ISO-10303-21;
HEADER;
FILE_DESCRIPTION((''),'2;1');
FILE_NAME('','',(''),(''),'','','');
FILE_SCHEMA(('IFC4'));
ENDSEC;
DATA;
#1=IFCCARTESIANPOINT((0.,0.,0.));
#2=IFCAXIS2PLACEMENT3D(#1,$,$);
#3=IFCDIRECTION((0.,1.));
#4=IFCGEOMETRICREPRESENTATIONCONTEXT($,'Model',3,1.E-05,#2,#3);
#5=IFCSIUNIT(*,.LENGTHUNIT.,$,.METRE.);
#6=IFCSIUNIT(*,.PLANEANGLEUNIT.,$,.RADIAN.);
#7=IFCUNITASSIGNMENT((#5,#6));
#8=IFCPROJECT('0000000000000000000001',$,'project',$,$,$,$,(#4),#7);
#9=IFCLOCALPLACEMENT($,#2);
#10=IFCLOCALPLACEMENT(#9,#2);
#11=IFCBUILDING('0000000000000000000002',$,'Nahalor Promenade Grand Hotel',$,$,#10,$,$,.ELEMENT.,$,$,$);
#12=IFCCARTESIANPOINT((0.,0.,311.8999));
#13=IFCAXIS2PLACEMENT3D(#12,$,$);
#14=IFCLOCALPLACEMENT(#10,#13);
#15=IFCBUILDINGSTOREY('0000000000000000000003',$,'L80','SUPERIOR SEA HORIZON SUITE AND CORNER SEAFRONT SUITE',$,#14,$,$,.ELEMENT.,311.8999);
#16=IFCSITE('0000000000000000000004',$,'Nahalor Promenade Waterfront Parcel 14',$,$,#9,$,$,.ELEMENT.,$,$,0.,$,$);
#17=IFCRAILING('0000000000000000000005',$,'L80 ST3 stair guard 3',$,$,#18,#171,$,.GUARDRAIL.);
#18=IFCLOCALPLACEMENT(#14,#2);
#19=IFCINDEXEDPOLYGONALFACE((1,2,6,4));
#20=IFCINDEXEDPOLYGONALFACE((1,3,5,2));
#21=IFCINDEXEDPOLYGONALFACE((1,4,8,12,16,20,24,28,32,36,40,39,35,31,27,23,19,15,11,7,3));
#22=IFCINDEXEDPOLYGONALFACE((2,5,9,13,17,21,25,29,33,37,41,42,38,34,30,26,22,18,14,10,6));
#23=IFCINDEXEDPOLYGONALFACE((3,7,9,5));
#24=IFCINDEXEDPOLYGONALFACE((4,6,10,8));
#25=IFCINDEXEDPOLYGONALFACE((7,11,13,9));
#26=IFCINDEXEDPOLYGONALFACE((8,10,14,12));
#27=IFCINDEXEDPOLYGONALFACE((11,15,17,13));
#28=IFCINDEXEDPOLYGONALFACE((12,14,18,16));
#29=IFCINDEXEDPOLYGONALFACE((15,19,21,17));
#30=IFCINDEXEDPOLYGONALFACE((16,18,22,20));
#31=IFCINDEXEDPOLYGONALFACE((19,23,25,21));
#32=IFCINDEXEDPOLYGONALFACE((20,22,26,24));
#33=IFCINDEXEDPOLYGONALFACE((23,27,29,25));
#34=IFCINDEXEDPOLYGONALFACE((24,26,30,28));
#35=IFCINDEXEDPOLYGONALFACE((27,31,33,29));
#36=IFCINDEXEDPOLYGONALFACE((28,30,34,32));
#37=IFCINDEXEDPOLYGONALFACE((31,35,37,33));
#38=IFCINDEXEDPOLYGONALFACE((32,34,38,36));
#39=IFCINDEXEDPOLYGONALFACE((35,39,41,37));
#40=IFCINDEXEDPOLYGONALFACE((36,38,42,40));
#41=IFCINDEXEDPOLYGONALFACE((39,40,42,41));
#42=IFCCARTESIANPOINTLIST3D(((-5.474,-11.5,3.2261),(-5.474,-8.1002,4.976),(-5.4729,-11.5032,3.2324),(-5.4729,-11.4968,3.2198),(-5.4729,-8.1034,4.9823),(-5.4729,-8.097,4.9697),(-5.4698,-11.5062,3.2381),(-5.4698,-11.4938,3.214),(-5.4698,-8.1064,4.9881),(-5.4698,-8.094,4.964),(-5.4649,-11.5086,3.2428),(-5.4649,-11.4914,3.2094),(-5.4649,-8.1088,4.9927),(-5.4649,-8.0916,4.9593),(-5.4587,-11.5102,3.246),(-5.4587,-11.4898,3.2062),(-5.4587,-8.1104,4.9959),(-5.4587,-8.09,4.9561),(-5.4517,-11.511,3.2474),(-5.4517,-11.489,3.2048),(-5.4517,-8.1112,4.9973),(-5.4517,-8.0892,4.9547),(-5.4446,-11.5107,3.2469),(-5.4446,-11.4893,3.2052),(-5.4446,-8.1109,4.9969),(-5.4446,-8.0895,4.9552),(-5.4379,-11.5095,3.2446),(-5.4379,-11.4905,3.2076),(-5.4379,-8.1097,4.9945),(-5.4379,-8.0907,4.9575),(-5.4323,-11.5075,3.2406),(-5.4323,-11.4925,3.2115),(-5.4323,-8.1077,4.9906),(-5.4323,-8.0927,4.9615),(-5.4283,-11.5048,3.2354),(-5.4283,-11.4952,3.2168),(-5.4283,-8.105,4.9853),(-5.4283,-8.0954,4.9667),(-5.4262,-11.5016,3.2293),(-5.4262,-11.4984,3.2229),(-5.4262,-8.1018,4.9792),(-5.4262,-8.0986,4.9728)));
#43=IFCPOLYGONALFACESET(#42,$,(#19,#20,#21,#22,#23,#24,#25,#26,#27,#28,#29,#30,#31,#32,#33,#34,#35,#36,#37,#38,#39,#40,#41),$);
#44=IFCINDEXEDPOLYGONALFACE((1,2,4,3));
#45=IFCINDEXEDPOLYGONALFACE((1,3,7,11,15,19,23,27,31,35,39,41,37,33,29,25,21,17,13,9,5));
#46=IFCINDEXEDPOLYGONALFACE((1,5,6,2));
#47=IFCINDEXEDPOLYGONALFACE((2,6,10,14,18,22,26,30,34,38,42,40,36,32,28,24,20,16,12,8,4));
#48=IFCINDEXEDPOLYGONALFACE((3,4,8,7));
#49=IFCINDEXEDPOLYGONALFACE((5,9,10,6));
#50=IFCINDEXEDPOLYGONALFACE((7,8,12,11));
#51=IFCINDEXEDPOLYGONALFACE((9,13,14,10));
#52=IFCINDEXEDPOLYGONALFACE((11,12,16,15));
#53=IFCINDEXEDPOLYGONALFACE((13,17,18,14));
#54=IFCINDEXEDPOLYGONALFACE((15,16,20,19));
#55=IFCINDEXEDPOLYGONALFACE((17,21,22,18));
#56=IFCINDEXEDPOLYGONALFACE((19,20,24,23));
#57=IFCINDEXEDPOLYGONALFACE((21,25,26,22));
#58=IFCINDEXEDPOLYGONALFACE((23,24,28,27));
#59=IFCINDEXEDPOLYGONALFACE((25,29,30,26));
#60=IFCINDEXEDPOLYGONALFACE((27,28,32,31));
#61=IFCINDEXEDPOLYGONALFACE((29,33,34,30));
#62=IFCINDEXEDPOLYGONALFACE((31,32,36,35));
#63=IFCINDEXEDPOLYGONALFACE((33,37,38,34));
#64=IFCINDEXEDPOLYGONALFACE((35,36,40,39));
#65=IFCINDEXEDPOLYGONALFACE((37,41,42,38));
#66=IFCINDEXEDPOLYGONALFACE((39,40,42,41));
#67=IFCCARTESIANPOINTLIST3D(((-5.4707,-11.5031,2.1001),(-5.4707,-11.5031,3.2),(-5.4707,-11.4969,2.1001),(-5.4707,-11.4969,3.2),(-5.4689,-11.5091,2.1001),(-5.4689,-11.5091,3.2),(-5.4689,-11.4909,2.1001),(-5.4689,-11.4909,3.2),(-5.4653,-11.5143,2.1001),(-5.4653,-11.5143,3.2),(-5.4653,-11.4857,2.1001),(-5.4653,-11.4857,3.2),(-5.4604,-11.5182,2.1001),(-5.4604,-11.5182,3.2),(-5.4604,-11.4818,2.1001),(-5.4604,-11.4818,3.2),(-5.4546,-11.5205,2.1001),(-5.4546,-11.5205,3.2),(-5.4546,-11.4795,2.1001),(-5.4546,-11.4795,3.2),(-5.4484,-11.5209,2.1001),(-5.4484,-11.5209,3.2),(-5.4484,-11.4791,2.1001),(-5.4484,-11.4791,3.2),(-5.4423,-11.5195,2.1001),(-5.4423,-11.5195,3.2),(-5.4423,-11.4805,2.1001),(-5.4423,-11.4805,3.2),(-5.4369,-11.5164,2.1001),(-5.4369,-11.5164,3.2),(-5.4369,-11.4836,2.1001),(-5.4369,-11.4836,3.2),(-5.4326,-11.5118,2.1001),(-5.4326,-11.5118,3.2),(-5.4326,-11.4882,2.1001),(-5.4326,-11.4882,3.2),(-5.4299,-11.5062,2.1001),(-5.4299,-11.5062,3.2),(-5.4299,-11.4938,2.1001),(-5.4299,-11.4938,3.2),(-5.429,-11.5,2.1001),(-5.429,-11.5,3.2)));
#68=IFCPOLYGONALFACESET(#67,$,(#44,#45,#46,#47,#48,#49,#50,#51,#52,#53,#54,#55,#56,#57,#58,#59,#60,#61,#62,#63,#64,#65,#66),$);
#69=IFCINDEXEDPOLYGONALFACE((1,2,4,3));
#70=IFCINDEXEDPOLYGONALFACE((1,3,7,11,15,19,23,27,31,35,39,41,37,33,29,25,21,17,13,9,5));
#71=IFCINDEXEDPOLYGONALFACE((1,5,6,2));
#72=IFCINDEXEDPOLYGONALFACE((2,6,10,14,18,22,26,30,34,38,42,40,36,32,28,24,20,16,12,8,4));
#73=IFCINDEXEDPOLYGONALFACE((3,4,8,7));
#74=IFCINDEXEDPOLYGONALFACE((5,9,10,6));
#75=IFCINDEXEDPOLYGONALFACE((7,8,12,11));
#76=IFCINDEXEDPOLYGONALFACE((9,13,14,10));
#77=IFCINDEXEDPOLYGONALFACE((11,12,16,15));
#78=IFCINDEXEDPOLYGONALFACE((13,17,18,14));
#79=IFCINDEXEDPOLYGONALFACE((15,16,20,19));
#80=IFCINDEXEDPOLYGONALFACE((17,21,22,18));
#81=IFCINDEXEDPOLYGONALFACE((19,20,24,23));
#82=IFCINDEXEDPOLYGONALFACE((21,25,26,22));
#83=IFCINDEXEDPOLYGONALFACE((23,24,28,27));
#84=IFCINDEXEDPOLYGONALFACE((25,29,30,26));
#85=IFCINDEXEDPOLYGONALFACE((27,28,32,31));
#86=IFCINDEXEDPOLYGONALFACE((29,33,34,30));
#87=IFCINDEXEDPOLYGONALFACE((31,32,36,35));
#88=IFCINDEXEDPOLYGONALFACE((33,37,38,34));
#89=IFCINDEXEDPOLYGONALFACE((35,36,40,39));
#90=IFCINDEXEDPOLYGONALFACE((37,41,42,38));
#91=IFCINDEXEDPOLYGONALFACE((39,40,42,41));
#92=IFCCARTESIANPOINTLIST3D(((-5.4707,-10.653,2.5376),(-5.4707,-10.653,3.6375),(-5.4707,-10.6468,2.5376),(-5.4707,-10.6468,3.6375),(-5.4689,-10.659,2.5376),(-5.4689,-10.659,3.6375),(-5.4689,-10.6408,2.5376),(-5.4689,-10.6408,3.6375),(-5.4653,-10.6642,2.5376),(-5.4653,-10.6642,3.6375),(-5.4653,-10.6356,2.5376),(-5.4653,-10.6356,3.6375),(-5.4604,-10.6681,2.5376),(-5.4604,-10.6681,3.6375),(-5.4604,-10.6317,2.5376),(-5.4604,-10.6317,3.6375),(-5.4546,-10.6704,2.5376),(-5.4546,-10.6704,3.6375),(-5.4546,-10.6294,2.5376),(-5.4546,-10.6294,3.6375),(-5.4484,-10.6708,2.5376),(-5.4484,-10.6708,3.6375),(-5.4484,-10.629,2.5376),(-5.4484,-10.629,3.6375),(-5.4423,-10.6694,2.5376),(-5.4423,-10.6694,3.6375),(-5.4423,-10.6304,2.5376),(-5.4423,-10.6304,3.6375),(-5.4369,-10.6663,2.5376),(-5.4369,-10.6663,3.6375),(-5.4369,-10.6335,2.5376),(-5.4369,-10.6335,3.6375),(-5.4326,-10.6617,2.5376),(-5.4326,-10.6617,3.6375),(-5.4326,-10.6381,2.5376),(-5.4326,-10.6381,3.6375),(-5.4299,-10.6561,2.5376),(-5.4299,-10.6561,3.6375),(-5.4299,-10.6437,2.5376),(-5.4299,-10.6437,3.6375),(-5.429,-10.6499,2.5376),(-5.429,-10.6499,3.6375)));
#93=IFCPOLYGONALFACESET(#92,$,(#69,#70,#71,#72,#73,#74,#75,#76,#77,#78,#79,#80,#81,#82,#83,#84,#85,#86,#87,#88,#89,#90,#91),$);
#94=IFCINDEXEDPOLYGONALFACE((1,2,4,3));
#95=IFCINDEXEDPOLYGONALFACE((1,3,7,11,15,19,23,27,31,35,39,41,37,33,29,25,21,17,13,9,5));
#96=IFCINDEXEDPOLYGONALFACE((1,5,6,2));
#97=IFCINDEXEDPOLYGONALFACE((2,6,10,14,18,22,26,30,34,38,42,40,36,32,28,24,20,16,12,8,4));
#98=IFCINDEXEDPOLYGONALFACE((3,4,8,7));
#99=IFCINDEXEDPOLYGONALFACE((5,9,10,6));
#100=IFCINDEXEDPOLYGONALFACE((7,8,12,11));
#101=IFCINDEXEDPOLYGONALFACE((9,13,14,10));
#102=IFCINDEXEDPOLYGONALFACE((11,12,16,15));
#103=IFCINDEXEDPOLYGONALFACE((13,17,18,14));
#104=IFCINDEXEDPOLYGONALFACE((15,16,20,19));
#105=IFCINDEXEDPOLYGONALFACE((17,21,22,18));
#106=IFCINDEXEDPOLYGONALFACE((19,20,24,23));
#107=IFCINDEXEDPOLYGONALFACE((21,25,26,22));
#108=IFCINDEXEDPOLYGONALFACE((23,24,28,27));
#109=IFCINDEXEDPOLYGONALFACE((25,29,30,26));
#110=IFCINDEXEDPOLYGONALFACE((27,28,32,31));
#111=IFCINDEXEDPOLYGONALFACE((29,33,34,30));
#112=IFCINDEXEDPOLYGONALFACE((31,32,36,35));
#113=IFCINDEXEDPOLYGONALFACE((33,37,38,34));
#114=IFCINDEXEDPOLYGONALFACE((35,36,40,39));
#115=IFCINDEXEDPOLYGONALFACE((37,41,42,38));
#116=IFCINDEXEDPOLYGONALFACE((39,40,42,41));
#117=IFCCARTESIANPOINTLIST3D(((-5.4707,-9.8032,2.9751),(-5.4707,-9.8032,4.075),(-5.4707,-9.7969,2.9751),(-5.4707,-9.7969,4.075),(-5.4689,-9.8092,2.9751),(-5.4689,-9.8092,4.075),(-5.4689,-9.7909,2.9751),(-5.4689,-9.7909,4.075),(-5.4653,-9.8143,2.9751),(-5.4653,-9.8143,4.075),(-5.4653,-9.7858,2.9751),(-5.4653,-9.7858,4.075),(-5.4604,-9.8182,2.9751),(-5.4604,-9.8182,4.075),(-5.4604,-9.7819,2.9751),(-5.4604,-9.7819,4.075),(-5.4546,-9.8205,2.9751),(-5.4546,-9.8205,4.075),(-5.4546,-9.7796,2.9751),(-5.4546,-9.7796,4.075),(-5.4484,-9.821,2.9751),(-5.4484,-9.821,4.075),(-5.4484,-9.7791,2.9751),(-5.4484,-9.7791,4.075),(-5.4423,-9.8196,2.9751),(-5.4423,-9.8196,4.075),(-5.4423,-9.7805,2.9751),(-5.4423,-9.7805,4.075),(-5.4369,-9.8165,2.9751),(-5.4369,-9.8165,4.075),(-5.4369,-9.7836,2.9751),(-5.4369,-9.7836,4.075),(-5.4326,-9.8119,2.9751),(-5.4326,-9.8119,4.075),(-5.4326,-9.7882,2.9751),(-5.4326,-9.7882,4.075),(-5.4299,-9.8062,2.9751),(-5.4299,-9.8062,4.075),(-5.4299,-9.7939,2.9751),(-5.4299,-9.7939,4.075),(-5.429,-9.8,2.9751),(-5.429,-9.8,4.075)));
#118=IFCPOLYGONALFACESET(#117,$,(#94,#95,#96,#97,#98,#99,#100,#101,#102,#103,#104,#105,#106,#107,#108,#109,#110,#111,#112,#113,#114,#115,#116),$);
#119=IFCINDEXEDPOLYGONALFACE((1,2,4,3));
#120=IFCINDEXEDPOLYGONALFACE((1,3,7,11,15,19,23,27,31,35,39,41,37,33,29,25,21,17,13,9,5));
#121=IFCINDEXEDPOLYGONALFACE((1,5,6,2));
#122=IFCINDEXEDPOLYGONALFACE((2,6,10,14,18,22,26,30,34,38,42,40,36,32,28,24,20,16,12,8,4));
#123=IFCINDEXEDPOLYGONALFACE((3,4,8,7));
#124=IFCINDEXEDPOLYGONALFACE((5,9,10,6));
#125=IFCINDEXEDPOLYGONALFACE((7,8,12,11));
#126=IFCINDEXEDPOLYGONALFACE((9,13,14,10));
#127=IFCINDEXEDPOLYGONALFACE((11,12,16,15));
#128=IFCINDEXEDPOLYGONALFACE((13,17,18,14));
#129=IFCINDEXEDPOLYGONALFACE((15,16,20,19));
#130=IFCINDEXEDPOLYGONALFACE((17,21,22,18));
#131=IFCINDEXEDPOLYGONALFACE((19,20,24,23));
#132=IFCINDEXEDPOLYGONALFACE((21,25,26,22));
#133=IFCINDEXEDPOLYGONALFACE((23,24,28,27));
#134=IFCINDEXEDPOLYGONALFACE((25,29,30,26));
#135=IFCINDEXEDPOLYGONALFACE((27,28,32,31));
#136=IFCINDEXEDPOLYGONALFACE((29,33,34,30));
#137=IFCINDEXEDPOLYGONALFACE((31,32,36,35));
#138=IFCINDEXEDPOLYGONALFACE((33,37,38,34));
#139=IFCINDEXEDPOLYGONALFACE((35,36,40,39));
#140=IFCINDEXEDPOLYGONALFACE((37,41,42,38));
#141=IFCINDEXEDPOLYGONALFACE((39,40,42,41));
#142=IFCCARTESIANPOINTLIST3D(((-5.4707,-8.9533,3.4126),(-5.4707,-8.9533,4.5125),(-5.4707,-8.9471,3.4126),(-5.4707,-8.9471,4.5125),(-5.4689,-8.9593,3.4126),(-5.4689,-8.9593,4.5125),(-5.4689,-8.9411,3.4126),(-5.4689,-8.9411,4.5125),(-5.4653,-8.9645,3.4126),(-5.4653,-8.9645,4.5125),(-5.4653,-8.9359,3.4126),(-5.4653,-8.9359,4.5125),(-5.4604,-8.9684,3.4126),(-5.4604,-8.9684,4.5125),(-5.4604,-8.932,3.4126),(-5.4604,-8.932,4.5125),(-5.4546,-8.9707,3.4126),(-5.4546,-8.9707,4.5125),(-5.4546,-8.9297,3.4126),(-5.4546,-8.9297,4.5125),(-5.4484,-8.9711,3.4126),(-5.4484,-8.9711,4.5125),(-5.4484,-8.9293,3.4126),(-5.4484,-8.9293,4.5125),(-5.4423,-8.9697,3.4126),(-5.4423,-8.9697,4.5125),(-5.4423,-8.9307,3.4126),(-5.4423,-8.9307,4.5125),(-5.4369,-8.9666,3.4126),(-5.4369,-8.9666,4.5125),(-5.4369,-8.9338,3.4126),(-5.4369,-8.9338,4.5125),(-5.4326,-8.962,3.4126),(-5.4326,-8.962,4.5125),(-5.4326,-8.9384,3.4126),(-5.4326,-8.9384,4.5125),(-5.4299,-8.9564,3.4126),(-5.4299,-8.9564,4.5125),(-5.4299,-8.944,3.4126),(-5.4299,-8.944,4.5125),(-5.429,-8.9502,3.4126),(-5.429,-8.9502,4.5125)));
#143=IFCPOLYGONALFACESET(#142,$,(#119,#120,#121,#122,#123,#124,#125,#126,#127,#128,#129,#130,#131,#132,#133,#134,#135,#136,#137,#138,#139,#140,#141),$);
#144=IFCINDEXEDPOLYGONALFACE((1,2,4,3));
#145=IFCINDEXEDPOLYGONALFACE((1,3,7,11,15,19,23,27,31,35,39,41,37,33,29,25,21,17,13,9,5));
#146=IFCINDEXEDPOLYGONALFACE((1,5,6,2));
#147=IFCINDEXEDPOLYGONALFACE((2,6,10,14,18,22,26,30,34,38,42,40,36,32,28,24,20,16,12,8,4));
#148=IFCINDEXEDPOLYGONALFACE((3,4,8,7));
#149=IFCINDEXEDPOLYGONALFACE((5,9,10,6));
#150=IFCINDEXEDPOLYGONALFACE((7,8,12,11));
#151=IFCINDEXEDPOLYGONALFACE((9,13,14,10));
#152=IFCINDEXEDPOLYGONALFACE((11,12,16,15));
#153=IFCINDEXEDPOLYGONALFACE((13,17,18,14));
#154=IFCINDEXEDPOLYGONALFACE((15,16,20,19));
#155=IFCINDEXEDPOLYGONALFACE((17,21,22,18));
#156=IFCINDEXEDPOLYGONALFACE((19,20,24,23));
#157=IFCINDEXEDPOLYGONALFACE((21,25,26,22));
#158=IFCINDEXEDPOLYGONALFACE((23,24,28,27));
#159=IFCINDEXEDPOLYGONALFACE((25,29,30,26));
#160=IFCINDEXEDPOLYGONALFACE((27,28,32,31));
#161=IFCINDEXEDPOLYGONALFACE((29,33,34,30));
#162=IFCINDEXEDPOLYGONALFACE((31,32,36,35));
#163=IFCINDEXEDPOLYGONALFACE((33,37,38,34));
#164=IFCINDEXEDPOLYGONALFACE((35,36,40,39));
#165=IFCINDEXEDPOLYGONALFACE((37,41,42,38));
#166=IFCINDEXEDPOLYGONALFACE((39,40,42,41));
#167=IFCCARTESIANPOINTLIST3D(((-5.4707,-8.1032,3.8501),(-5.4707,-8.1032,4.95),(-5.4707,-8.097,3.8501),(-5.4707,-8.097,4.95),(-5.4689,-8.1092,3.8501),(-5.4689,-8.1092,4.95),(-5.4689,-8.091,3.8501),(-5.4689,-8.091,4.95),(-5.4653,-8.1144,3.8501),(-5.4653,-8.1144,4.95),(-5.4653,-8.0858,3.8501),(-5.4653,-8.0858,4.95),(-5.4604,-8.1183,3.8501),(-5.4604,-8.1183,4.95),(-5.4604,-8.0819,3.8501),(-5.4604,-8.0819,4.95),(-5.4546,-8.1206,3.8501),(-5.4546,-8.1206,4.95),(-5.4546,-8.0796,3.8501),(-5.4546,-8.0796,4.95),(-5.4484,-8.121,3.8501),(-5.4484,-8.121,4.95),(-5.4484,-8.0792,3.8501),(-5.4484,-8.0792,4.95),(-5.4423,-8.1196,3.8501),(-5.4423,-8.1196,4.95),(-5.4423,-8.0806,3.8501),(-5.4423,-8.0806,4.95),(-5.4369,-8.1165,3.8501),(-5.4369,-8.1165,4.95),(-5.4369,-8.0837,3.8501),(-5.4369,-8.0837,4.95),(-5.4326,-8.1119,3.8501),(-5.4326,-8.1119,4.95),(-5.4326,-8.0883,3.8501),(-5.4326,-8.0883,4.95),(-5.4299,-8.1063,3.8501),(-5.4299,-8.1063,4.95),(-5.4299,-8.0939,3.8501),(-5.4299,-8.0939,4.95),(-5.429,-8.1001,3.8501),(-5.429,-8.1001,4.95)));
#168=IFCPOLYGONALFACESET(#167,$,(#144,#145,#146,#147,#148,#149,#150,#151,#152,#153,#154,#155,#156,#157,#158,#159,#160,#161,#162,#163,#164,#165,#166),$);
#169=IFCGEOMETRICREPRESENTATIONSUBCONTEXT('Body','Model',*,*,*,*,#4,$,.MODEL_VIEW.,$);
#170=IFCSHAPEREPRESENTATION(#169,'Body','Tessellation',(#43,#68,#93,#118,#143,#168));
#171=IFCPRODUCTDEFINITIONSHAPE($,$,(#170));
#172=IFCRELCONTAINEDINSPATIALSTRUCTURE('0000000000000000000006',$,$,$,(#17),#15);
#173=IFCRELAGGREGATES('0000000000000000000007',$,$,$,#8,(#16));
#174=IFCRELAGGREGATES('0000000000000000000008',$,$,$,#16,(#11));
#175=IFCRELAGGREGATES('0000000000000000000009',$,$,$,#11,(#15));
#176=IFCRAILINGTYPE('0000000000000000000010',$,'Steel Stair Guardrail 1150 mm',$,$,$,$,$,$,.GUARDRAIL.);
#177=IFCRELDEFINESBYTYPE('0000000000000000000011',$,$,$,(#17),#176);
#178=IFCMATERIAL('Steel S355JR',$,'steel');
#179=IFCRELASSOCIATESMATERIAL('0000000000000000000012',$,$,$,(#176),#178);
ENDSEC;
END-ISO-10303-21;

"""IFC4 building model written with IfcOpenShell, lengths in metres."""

from ifc_helpers import new_model, si_unit, direction, frame, origin, origin_2d, place, context, subcontext, project, spatial, circle, extrude, material, type_object, element, save


model = new_model("IFC4")

# Units and contexts
model_context = context("Model", 3, precision=1e-05, world=origin(), true_north=direction((0.0, 1.0)))
body_context = subcontext(model_context, "Body", "Model", "MODEL_VIEW")
ifc_project = project(units=[si_unit("LENGTHUNIT", "METRE"), si_unit("PLANEANGLEUNIT", "RADIAN")], contexts=[model_context])

# Site, building, storey
site_placement = place(None, origin())
site = spatial("IfcSite", under=ifc_project, at=site_placement, Name="Nahalor Promenade Waterfront Parcel 14", CompositionType="ELEMENT", RefElevation=0.0)
building_placement = place(site_placement, origin())
building = spatial("IfcBuilding", under=site, at=building_placement, Name="Nahalor Promenade Grand Hotel", CompositionType="ELEMENT")
storey_placement = place(building_placement, frame((0.0, 0.0, 311.8999)))
storey = spatial("IfcBuildingStorey", under=building, at=storey_placement, Name="L80", Description="SUPERIOR SEA HORIZON SUITE AND CORNER SEAFRONT SUITE", CompositionType="ELEMENT", Elevation=311.8999)

# Shared definitions
ifc_material_1 = material(Name="Steel S355JR", Category="steel")

# Railing
railing_type_1 = type_object("IfcRailingType", Name="Steel Stair Guardrail 1150 mm", PredefinedType="GUARDRAIL", material=ifc_material_1)
railing_1_placement = place(storey_placement, frame((-5.45, -11.5, 2.1001)))
element("IfcRailing", 1, at=railing_1_placement, inside=storey, type_object=railing_type_1, Name="L80 ST3 stair guard 3", PredefinedType="GUARDRAIL", context=body_context, shape_type="SweptSolid", body=[
    extrude(circle(Radius=0.024, at=origin_2d()), frame((0.0, 0.0, 1.126), z_axis=(0.0, 0.88913, 0.457654), x_axis=(-1.0, 0.0, 0.0)), (0.0, 0.0, 1.0), 3.8237),
    extrude(circle(Radius=0.021, at=origin_2d()), origin(), (0.0, 0.0, 1.0), 1.0999),
    extrude(circle(Radius=0.021, at=origin_2d()), frame((0.0, 0.8501, 0.4375)), (0.0, 0.0, 1.0), 1.0999),
    extrude(circle(Radius=0.021, at=origin_2d()), frame((0.0, 1.7, 0.875)), (0.0, 0.0, 1.0), 1.0999),
    extrude(circle(Radius=0.021, at=origin_2d()), frame((0.0, 2.5498, 1.3125)), (0.0, 0.0, 1.0), 1.0999),
    extrude(circle(Radius=0.021, at=origin_2d()), frame((0.0, 3.3999, 1.75)), (0.0, 0.0, 1.0), 1.0999),
])

save(model, "model.ifc")
